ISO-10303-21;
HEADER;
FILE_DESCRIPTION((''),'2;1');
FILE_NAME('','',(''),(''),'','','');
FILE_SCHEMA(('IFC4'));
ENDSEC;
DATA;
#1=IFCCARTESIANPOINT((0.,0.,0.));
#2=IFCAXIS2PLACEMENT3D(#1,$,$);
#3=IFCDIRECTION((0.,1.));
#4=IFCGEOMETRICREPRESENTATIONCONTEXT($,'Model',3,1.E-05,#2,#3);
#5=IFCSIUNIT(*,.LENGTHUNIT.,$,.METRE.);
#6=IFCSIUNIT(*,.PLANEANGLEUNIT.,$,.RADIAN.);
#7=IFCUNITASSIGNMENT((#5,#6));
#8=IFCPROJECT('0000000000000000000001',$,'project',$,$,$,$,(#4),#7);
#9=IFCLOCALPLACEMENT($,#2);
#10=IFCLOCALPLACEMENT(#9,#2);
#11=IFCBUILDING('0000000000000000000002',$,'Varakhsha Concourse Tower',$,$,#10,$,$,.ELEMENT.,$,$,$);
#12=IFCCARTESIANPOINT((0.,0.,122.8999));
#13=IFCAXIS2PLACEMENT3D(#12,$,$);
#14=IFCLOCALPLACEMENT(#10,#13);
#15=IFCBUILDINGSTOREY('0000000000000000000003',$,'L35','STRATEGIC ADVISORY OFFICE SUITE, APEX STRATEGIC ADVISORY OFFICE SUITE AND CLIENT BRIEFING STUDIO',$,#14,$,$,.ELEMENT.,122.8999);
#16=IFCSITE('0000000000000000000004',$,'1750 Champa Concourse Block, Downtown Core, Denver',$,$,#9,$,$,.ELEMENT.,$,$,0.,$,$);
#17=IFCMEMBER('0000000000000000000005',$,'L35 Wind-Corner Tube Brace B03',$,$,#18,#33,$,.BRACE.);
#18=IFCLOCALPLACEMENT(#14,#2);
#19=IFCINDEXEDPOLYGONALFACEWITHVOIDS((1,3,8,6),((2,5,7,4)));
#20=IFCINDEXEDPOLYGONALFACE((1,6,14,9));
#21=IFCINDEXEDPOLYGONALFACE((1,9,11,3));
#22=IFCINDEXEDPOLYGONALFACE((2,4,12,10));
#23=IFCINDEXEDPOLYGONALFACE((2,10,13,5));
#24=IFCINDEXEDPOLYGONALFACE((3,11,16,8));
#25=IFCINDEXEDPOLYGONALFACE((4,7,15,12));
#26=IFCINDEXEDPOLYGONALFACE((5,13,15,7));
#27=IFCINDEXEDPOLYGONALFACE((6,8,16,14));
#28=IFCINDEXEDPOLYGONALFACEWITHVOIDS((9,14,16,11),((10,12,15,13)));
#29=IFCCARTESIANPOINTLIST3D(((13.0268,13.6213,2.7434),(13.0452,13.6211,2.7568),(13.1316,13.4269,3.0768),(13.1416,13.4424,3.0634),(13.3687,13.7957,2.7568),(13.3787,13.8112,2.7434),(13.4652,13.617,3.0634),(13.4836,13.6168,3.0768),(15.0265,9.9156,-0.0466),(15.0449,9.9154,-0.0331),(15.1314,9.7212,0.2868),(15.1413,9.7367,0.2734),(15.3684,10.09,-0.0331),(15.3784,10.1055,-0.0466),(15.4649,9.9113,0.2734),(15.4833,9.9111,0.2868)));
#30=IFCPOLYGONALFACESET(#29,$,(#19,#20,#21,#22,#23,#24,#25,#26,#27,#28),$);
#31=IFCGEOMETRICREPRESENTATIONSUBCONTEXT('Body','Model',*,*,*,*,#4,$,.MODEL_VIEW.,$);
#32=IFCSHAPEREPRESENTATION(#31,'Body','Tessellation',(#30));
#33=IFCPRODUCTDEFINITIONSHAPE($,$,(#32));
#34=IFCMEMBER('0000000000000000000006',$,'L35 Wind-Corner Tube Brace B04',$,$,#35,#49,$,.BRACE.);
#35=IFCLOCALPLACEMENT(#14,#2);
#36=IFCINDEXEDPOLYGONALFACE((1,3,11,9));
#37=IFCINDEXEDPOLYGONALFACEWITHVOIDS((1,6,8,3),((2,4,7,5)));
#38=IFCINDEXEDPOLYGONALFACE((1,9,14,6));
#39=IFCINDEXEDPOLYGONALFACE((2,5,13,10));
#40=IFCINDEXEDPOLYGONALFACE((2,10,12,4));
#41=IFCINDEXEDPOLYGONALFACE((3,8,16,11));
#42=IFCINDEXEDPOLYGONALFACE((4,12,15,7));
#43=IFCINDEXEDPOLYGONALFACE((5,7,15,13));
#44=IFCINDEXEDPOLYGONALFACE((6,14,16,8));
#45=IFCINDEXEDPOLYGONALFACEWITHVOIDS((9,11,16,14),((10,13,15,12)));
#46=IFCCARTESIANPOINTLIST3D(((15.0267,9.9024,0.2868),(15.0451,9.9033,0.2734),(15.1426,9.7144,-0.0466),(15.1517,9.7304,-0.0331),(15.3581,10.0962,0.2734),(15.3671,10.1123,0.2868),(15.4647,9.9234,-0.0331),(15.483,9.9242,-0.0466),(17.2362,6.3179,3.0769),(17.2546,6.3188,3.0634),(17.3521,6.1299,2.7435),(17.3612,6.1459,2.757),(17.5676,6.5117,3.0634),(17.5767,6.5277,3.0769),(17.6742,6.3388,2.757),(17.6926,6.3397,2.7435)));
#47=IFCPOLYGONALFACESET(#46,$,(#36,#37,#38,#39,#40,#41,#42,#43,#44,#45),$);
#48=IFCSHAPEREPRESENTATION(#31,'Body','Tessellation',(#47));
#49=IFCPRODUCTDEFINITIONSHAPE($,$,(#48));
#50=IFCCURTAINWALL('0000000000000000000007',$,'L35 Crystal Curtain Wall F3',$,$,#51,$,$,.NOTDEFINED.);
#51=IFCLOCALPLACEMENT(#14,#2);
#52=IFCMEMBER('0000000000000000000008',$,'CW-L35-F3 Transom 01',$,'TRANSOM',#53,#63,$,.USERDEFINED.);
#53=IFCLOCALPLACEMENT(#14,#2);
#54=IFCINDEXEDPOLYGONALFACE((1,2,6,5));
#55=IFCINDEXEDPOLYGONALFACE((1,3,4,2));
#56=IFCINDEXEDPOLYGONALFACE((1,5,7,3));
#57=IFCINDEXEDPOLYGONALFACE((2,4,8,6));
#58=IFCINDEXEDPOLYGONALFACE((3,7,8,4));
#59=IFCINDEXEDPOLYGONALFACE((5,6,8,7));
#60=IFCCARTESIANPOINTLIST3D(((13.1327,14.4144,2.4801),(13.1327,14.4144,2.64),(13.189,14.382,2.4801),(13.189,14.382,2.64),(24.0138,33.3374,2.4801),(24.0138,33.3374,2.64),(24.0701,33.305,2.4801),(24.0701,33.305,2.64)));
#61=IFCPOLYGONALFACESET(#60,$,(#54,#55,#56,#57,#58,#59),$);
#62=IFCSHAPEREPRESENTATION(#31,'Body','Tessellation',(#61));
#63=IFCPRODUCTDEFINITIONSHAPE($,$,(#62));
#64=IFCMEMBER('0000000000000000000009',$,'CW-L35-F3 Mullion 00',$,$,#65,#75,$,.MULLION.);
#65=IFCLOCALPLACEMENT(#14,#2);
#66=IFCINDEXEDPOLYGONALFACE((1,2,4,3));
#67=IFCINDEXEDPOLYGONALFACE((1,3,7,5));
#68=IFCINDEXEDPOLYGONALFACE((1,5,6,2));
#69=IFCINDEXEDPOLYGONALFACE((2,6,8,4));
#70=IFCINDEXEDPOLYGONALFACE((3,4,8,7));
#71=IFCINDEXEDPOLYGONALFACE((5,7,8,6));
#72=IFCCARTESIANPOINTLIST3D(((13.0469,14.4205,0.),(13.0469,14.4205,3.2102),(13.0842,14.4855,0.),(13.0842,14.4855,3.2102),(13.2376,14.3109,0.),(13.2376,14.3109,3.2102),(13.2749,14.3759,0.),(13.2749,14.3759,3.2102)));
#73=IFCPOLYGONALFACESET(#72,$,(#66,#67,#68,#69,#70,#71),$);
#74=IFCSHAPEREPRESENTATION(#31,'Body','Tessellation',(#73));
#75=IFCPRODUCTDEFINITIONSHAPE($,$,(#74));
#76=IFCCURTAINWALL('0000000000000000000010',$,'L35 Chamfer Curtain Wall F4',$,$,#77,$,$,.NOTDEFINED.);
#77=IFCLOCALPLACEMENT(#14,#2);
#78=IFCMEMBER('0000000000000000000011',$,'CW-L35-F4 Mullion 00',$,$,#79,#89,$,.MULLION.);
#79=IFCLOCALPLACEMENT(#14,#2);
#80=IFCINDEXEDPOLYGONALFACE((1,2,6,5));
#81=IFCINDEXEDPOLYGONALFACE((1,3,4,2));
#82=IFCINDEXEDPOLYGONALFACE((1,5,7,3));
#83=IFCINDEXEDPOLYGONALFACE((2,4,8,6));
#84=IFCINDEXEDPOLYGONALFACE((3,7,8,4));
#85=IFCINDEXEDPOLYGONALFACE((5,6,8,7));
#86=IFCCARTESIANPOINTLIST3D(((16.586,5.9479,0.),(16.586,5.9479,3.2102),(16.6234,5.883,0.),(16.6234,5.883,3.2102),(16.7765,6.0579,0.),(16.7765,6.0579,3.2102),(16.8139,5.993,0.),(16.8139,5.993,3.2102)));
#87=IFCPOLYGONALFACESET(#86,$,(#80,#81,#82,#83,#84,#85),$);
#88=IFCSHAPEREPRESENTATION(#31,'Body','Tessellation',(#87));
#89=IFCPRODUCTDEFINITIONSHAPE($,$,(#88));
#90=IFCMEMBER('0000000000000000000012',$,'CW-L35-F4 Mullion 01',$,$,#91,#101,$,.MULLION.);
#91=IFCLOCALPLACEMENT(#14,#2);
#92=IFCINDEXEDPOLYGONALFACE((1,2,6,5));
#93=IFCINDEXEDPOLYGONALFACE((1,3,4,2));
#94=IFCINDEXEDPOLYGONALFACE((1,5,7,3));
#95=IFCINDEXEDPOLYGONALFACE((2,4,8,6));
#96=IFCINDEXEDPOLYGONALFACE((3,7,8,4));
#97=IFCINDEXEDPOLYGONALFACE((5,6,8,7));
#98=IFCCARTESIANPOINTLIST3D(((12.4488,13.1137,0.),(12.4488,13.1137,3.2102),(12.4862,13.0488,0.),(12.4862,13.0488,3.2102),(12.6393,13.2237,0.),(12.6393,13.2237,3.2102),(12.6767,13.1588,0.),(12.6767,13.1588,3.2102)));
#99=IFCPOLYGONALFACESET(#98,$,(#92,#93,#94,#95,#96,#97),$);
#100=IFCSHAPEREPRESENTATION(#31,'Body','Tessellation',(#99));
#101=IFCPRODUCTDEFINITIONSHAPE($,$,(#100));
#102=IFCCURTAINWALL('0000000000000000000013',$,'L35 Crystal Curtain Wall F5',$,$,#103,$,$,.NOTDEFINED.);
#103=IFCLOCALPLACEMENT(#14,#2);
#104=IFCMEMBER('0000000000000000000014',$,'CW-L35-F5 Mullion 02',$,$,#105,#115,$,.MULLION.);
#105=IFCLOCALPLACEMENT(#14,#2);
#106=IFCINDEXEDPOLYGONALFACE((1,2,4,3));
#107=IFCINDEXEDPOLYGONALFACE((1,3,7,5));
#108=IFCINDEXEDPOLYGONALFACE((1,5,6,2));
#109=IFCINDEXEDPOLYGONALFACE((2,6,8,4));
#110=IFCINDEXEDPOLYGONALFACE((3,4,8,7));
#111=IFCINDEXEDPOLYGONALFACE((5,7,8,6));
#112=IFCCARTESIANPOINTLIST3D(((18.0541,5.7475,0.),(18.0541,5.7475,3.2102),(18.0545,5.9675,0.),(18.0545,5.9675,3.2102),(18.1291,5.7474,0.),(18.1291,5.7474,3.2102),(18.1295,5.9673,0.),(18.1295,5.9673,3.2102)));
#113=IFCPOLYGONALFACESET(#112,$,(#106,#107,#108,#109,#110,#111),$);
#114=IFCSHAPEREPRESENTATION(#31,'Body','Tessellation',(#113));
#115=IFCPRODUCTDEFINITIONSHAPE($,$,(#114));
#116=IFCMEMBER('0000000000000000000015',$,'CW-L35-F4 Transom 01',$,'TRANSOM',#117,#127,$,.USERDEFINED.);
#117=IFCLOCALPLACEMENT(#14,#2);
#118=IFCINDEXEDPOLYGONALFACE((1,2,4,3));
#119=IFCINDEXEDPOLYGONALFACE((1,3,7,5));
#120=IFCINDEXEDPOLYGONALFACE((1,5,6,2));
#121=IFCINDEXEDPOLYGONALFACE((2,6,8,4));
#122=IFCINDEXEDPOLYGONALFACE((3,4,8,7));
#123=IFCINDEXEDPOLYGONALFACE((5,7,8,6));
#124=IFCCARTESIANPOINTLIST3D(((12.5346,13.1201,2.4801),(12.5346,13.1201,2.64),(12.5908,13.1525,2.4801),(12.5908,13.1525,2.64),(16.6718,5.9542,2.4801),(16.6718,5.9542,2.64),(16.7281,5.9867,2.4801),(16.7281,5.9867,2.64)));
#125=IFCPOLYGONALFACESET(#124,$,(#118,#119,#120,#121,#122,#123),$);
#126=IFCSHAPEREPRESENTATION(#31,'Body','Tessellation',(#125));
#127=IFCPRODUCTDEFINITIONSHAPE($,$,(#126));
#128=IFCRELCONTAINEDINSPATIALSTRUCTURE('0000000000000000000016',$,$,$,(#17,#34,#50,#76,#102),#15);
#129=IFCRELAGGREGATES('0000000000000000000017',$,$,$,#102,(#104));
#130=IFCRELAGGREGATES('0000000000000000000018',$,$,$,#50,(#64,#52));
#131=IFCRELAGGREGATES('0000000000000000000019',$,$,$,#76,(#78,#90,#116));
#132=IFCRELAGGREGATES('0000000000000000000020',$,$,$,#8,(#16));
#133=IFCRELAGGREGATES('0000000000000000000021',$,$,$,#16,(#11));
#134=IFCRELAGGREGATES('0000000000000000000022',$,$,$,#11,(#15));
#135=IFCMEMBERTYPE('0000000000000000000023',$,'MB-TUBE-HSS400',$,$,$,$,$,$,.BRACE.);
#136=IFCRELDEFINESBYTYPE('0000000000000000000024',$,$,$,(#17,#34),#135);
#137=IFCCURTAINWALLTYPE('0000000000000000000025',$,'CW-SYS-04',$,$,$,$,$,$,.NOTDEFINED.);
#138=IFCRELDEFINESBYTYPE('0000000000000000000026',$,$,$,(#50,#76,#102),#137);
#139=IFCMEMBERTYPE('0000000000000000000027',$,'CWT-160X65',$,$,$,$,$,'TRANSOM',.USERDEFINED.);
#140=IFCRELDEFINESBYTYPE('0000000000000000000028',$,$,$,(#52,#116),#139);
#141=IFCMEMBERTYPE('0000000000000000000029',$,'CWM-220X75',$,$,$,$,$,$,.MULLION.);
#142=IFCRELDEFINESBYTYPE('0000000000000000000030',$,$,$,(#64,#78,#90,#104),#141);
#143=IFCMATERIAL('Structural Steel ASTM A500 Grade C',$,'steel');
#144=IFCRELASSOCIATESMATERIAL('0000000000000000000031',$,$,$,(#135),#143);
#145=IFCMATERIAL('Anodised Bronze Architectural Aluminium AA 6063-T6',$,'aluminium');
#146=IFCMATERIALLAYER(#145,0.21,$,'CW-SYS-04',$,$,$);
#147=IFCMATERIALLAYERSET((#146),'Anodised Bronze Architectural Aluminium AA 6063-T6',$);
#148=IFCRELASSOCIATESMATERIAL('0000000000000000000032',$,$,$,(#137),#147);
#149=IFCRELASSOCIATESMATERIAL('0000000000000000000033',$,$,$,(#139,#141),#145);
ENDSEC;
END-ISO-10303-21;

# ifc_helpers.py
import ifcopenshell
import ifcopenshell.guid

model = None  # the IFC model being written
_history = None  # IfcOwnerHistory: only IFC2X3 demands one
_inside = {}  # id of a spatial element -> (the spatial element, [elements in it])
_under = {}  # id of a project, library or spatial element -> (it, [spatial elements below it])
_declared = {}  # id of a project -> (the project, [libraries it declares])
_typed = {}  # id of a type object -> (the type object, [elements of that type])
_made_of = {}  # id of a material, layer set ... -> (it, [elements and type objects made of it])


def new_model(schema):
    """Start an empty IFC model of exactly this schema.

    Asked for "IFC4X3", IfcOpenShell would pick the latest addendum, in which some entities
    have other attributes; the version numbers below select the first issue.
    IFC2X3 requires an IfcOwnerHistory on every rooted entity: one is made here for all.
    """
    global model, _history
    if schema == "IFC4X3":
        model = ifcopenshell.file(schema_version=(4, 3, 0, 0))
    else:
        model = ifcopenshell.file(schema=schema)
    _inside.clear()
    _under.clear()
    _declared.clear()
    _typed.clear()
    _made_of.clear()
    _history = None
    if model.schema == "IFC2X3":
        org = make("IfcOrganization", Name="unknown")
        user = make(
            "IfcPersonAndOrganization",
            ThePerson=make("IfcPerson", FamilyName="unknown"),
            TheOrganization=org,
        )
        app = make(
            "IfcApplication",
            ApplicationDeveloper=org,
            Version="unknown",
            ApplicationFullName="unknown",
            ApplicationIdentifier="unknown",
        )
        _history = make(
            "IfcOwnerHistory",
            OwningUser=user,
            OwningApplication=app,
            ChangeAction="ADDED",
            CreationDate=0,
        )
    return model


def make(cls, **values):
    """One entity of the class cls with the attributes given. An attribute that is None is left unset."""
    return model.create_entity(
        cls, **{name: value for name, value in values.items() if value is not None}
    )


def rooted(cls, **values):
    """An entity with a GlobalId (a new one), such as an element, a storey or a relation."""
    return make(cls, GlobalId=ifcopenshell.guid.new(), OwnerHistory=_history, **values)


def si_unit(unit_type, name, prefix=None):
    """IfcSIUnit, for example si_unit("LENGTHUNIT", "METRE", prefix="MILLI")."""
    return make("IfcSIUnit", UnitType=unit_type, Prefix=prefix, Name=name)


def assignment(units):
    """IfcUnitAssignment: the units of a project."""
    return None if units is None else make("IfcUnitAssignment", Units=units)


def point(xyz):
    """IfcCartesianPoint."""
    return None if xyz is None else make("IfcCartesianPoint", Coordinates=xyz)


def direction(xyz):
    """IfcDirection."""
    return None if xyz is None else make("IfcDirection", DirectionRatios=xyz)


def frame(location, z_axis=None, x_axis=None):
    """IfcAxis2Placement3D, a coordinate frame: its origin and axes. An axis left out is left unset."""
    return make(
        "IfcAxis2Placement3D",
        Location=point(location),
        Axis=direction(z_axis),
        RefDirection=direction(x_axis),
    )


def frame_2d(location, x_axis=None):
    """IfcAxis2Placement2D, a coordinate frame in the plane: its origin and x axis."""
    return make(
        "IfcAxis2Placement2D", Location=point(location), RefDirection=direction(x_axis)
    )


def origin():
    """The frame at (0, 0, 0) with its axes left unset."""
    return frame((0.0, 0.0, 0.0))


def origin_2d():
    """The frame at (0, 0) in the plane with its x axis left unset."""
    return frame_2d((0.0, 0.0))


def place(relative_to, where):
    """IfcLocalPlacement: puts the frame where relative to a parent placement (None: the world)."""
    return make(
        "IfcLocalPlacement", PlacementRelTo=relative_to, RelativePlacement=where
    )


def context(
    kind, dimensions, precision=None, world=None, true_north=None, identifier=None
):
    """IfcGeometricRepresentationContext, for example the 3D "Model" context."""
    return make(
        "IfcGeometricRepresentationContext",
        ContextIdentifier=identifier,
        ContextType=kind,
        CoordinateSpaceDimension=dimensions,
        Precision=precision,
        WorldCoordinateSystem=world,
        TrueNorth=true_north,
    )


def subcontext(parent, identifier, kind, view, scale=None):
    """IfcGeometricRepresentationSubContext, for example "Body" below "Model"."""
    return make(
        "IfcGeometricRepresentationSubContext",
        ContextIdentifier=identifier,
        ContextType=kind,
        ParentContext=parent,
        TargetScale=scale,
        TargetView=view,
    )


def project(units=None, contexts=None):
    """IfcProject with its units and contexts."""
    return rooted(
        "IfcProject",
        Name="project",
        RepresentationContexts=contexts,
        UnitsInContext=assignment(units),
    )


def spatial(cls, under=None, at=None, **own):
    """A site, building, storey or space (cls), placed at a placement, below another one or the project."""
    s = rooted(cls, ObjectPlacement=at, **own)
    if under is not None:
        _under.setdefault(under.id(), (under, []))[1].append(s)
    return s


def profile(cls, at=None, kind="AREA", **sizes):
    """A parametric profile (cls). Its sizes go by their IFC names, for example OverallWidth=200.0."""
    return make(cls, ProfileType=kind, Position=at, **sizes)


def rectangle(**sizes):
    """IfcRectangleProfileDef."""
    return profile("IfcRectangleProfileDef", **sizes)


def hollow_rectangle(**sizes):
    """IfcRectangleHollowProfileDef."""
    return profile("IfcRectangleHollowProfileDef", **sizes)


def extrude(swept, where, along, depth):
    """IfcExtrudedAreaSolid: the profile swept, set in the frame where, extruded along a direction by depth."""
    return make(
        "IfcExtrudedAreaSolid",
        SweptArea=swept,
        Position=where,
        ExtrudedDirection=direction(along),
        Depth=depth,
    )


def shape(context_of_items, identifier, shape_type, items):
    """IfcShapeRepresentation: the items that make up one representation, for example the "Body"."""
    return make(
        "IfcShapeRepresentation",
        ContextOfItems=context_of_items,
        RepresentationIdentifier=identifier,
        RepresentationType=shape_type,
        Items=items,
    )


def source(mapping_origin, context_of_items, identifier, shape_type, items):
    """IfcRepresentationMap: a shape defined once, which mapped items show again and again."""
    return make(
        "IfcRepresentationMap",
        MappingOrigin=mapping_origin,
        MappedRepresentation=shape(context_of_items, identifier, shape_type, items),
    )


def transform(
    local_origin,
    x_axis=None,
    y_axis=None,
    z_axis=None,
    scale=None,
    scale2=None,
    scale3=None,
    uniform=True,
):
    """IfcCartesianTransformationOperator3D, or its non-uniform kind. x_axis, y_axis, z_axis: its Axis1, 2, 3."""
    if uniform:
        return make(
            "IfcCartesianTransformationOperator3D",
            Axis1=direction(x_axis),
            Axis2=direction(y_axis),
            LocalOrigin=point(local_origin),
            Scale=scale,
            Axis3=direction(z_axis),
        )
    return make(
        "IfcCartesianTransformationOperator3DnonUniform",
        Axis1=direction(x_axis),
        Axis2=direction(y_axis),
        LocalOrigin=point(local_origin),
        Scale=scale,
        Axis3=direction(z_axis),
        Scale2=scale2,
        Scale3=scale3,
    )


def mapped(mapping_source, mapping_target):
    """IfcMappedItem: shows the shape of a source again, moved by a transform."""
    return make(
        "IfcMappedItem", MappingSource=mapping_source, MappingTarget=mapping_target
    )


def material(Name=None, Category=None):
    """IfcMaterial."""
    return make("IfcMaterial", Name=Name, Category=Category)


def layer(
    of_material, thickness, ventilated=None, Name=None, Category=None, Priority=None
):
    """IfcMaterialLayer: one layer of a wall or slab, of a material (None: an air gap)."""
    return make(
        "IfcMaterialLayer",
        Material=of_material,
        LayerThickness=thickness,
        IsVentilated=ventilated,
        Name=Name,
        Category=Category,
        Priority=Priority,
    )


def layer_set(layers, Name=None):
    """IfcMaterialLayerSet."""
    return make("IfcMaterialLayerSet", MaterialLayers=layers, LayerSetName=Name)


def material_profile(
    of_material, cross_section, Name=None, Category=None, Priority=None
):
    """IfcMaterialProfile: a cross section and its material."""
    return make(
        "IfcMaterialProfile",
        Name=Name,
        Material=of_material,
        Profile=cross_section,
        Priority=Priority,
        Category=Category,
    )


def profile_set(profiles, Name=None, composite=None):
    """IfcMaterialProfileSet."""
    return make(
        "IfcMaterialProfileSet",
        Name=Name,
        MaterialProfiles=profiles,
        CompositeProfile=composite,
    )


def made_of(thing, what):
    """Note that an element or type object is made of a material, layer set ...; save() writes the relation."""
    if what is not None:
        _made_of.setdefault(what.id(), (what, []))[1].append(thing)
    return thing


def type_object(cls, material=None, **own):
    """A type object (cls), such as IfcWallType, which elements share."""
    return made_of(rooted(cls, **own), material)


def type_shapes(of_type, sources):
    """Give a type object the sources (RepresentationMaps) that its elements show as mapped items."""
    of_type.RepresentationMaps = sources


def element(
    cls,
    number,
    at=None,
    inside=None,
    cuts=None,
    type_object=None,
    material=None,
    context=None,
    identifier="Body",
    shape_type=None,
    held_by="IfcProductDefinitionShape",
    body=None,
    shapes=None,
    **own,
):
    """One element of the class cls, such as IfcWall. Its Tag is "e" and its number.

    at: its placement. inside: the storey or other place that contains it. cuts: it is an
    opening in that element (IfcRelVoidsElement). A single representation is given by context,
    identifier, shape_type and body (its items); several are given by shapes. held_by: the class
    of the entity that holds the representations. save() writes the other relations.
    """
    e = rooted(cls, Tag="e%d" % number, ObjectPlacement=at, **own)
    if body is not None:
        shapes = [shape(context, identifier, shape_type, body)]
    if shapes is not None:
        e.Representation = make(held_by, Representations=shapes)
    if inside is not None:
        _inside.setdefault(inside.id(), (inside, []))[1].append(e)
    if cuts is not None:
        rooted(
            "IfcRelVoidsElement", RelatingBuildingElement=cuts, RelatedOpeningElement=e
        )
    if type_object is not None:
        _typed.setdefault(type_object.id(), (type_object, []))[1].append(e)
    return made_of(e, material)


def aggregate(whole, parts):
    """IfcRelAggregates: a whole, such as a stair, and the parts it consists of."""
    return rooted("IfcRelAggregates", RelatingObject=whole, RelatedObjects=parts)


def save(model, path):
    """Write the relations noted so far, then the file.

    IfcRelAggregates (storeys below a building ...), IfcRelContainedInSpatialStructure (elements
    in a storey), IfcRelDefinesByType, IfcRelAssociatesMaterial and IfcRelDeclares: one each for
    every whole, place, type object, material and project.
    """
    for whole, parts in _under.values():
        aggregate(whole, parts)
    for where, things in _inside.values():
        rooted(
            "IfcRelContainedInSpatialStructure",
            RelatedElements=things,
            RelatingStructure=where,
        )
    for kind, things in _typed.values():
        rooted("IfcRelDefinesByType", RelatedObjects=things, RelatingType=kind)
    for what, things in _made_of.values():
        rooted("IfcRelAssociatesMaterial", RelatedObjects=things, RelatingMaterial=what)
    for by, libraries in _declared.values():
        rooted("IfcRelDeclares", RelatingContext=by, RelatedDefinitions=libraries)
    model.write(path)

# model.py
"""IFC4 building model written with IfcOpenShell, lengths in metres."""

from ifc_helpers import new_model, si_unit, direction, frame, origin, origin_2d, place, context, subcontext, project, spatial, rectangle, hollow_rectangle, extrude, source, transform, mapped, material, layer, layer_set, material_profile, profile_set, type_object, type_shapes, element, aggregate, save


model = new_model("IFC4")

# Units and contexts
model_context = context("Model", 3, precision=1e-05, world=origin(), true_north=direction((0.0, 1.0)))
body_context = subcontext(model_context, "Body", "Model", "MODEL_VIEW")
ifc_project = project(units=[si_unit("LENGTHUNIT", "METRE"), si_unit("PLANEANGLEUNIT", "RADIAN")], contexts=[model_context])

# Site, building, storey
site_placement = place(None, origin())
site = spatial("IfcSite", under=ifc_project, at=site_placement, Name="1750 Champa Concourse Block, Downtown Core, Denver", CompositionType="ELEMENT", RefElevation=0.0)
building_placement = place(site_placement, origin())
building = spatial("IfcBuilding", under=site, at=building_placement, Name="Varakhsha Concourse Tower", CompositionType="ELEMENT")
storey_placement = place(building_placement, frame((0.0, 0.0, 122.8999)))
storey = spatial("IfcBuildingStorey", under=building, at=storey_placement, Name="L35", Description="STRATEGIC ADVISORY OFFICE SUITE, APEX STRATEGIC ADVISORY OFFICE SUITE AND CLIENT BRIEFING STUDIO", CompositionType="ELEMENT", Elevation=122.8999)

# Members
ifc_material_1 = material(Name="Structural Steel ASTM A500 Grade C", Category="steel")
ifc_material_profile_1 = material_profile(ifc_material_1, hollow_rectangle(XDim=0.3999, YDim=0.3999, WallThickness=0.0161, at=origin_2d()), Name="HSS 400x400x16")
ifc_profile_set_1 = profile_set([ifc_material_profile_1], Name="Structural Steel ASTM A500 Grade C")
member_type_1 = type_object("IfcMemberType", Name="MB-TUBE-HSS400", PredefinedType="BRACE", material=ifc_profile_set_1)
shared_shape_1 = source(origin(), body_context, "Body", "SweptSolid", [
    extrude(hollow_rectangle(XDim=0.3999, YDim=0.3999, WallThickness=0.0161, at=origin_2d()), origin(), (0.0, 0.0, 1.0), 5.0513),
])
type_shapes(member_type_1, [shared_shape_1])
for number, where, z_axis, x_axis, name in (
    (1, (15.2549, 9.9133, 0.1201), (-0.395884, 0.733624, 0.552333), (-0.880043, -0.474895, 0.0), "L35 Wind-Corner Tube Brace B03"),
    (2, (15.2549, 9.9133, 0.1201), (0.437416, -0.709629, 0.552353), (0.851272, 0.524725, 0.0), "L35 Wind-Corner Tube Brace B04"),
):
    element("IfcMember", number, at=place(storey_placement, frame(where, z_axis=z_axis, x_axis=x_axis)), inside=storey, type_object=member_type_1, Name=name, PredefinedType="BRACE", context=body_context, shape_type="MappedRepresentation", body=[
        mapped(shared_shape_1, transform((0.0, 0.0, 0.0), scale=1.0)),
    ])

# Curtain walls, members
ifc_material_2 = material(Name="Anodised Bronze Architectural Aluminium AA 6063-T6", Category="aluminium")
ifc_layer_1 = layer(ifc_material_2, 0.21, Name="CW-SYS-04")
ifc_layer_set_1 = layer_set([ifc_layer_1], Name="Anodised Bronze Architectural Aluminium AA 6063-T6")
curtain_wall_type = type_object("IfcCurtainWallType", Name="CW-SYS-04", PredefinedType="NOTDEFINED", material=ifc_layer_set_1)
curtain_wall_1_placement = place(storey_placement, origin())
curtain_wall_1 = element("IfcCurtainWall", 3, at=curtain_wall_1_placement, inside=storey, type_object=curtain_wall_type, Name="L35 Crystal Curtain Wall F3", PredefinedType="NOTDEFINED")
ifc_material_profile_2 = material_profile(ifc_material_2, rectangle(XDim=0.0649, YDim=0.1599, at=origin_2d()), Name="CWT-160X65")
ifc_profile_set_2 = profile_set([ifc_material_profile_2], Name="Anodised Bronze Architectural Aluminium AA 6063-T6")
member_type_2 = type_object("IfcMemberType", Name="CWT-160X65", ElementType="TRANSOM", PredefinedType="USERDEFINED", material=ifc_profile_set_2)
shared_shape_2 = source(origin(), body_context, "Body", "SweptSolid", [
    extrude(rectangle(XDim=0.0649, YDim=0.1599, at=origin_2d()), origin(), (0.0, 0.0, 1.0), 21.8284),
])
member_1_placement = place(storey_placement, frame((13.1609, 14.3982, 2.5601), z_axis=(0.498482, 0.8669, 0.0), x_axis=(-0.8669, 0.498482, 0.0)))
member_1 = element("IfcMember", 4, at=member_1_placement, type_object=member_type_2, Name="CW-L35-F3 Transom 01", ObjectType="TRANSOM", PredefinedType="USERDEFINED", context=body_context, shape_type="MappedRepresentation", body=[
    mapped(shared_shape_2, transform((0.0, 0.0, 0.0), scale=1.0)),
])
ifc_material_profile_3 = material_profile(ifc_material_2, rectangle(XDim=0.075, YDim=0.22, at=origin_2d()), Name="CWM-220X75")
ifc_profile_set_3 = profile_set([ifc_material_profile_3], Name="Anodised Bronze Architectural Aluminium AA 6063-T6")
member_type_3 = type_object("IfcMemberType", Name="CWM-220X75", PredefinedType="MULLION", material=ifc_profile_set_3)
shared_shape_3 = source(origin(), body_context, "Body", "SweptSolid", [
    extrude(rectangle(XDim=0.075, YDim=0.22, at=origin_2d()), origin(), (0.0, 0.0, 1.0), 3.2102),
])
type_shapes(member_type_3, [shared_shape_3])
member_2_placement = place(storey_placement, frame((13.1609, 14.3982, 0.0), z_axis=(0.0, 0.0, 1.0), x_axis=(0.498489, 0.866896, 0.0)))
member_2 = element("IfcMember", 5, at=member_2_placement, type_object=member_type_3, Name="CW-L35-F3 Mullion 00", PredefinedType="MULLION", context=body_context, shape_type="MappedRepresentation", body=[
    mapped(shared_shape_3, transform((0.0, 0.0, 0.0), scale=1.0)),
])
curtain_wall_2_placement = place(storey_placement, origin())
curtain_wall_2 = element("IfcCurtainWall", 6, at=curtain_wall_2_placement, inside=storey, type_object=curtain_wall_type, Name="L35 Chamfer Curtain Wall F4", PredefinedType="NOTDEFINED")
member_3_placement = place(storey_placement, frame((16.7, 5.9705, 0.0), z_axis=(0.0, 0.0, 1.0), x_axis=(-0.500002, 0.866025, 0.0)))
member_3 = element("IfcMember", 7, at=member_3_placement, type_object=member_type_3, Name="CW-L35-F4 Mullion 00", PredefinedType="MULLION", context=body_context, shape_type="MappedRepresentation", body=[
    mapped(shared_shape_3, transform((0.0, 0.0, 0.0), scale=1.0)),
])
member_4_placement = place(storey_placement, frame((12.5627, 13.1362, 0.0), z_axis=(0.0, 0.0, 1.0), x_axis=(-0.500002, 0.866025, 0.0)))
member_4 = element("IfcMember", 8, at=member_4_placement, type_object=member_type_3, Name="CW-L35-F4 Mullion 01", PredefinedType="MULLION", context=body_context, shape_type="MappedRepresentation", body=[
    mapped(shared_shape_3, transform((0.0, 0.0, 0.0), scale=1.0)),
])

# Curtain wall, member
curtain_wall_3_placement = place(storey_placement, origin())
curtain_wall_3 = element("IfcCurtainWall", 9, at=curtain_wall_3_placement, inside=storey, type_object=curtain_wall_type, Name="L35 Crystal Curtain Wall F5", PredefinedType="NOTDEFINED")
member_5_placement = place(storey_placement, frame((18.0918, 5.8574, 0.0), z_axis=(0.0, 0.0, 1.0), x_axis=(-0.999998, 0.001745, 0.0)))
member_5 = element("IfcMember", 10, at=member_5_placement, type_object=member_type_3, Name="CW-L35-F5 Mullion 02", PredefinedType="MULLION", context=body_context, shape_type="MappedRepresentation", body=[
    mapped(shared_shape_3, transform((0.0, 0.0, 0.0), scale=1.0)),
])

# Member
shared_shape_4 = source(origin(), body_context, "Body", "SweptSolid", [
    extrude(rectangle(XDim=0.0649, YDim=0.1599, at=origin_2d()), origin(), (0.0, 0.0, 1.0), 8.2744),
])
type_shapes(member_type_2, [shared_shape_2, shared_shape_4])
member_6_placement = place(storey_placement, frame((16.7, 5.9705, 2.5601), z_axis=(-0.500004, 0.866023, 0.0), x_axis=(-0.866023, -0.500004, 0.0)))
member_6 = element("IfcMember", 11, at=member_6_placement, type_object=member_type_2, Name="CW-L35-F4 Transom 01", ObjectType="TRANSOM", PredefinedType="USERDEFINED", context=body_context, shape_type="MappedRepresentation", body=[
    mapped(shared_shape_4, transform((0.0, 0.0, 0.0), scale=1.0)),
])

aggregate(curtain_wall_3, [member_5])
aggregate(curtain_wall_1, [member_2, member_1])
aggregate(curtain_wall_2, [member_3, member_4, member_6])

save(model, "model.ifc")
